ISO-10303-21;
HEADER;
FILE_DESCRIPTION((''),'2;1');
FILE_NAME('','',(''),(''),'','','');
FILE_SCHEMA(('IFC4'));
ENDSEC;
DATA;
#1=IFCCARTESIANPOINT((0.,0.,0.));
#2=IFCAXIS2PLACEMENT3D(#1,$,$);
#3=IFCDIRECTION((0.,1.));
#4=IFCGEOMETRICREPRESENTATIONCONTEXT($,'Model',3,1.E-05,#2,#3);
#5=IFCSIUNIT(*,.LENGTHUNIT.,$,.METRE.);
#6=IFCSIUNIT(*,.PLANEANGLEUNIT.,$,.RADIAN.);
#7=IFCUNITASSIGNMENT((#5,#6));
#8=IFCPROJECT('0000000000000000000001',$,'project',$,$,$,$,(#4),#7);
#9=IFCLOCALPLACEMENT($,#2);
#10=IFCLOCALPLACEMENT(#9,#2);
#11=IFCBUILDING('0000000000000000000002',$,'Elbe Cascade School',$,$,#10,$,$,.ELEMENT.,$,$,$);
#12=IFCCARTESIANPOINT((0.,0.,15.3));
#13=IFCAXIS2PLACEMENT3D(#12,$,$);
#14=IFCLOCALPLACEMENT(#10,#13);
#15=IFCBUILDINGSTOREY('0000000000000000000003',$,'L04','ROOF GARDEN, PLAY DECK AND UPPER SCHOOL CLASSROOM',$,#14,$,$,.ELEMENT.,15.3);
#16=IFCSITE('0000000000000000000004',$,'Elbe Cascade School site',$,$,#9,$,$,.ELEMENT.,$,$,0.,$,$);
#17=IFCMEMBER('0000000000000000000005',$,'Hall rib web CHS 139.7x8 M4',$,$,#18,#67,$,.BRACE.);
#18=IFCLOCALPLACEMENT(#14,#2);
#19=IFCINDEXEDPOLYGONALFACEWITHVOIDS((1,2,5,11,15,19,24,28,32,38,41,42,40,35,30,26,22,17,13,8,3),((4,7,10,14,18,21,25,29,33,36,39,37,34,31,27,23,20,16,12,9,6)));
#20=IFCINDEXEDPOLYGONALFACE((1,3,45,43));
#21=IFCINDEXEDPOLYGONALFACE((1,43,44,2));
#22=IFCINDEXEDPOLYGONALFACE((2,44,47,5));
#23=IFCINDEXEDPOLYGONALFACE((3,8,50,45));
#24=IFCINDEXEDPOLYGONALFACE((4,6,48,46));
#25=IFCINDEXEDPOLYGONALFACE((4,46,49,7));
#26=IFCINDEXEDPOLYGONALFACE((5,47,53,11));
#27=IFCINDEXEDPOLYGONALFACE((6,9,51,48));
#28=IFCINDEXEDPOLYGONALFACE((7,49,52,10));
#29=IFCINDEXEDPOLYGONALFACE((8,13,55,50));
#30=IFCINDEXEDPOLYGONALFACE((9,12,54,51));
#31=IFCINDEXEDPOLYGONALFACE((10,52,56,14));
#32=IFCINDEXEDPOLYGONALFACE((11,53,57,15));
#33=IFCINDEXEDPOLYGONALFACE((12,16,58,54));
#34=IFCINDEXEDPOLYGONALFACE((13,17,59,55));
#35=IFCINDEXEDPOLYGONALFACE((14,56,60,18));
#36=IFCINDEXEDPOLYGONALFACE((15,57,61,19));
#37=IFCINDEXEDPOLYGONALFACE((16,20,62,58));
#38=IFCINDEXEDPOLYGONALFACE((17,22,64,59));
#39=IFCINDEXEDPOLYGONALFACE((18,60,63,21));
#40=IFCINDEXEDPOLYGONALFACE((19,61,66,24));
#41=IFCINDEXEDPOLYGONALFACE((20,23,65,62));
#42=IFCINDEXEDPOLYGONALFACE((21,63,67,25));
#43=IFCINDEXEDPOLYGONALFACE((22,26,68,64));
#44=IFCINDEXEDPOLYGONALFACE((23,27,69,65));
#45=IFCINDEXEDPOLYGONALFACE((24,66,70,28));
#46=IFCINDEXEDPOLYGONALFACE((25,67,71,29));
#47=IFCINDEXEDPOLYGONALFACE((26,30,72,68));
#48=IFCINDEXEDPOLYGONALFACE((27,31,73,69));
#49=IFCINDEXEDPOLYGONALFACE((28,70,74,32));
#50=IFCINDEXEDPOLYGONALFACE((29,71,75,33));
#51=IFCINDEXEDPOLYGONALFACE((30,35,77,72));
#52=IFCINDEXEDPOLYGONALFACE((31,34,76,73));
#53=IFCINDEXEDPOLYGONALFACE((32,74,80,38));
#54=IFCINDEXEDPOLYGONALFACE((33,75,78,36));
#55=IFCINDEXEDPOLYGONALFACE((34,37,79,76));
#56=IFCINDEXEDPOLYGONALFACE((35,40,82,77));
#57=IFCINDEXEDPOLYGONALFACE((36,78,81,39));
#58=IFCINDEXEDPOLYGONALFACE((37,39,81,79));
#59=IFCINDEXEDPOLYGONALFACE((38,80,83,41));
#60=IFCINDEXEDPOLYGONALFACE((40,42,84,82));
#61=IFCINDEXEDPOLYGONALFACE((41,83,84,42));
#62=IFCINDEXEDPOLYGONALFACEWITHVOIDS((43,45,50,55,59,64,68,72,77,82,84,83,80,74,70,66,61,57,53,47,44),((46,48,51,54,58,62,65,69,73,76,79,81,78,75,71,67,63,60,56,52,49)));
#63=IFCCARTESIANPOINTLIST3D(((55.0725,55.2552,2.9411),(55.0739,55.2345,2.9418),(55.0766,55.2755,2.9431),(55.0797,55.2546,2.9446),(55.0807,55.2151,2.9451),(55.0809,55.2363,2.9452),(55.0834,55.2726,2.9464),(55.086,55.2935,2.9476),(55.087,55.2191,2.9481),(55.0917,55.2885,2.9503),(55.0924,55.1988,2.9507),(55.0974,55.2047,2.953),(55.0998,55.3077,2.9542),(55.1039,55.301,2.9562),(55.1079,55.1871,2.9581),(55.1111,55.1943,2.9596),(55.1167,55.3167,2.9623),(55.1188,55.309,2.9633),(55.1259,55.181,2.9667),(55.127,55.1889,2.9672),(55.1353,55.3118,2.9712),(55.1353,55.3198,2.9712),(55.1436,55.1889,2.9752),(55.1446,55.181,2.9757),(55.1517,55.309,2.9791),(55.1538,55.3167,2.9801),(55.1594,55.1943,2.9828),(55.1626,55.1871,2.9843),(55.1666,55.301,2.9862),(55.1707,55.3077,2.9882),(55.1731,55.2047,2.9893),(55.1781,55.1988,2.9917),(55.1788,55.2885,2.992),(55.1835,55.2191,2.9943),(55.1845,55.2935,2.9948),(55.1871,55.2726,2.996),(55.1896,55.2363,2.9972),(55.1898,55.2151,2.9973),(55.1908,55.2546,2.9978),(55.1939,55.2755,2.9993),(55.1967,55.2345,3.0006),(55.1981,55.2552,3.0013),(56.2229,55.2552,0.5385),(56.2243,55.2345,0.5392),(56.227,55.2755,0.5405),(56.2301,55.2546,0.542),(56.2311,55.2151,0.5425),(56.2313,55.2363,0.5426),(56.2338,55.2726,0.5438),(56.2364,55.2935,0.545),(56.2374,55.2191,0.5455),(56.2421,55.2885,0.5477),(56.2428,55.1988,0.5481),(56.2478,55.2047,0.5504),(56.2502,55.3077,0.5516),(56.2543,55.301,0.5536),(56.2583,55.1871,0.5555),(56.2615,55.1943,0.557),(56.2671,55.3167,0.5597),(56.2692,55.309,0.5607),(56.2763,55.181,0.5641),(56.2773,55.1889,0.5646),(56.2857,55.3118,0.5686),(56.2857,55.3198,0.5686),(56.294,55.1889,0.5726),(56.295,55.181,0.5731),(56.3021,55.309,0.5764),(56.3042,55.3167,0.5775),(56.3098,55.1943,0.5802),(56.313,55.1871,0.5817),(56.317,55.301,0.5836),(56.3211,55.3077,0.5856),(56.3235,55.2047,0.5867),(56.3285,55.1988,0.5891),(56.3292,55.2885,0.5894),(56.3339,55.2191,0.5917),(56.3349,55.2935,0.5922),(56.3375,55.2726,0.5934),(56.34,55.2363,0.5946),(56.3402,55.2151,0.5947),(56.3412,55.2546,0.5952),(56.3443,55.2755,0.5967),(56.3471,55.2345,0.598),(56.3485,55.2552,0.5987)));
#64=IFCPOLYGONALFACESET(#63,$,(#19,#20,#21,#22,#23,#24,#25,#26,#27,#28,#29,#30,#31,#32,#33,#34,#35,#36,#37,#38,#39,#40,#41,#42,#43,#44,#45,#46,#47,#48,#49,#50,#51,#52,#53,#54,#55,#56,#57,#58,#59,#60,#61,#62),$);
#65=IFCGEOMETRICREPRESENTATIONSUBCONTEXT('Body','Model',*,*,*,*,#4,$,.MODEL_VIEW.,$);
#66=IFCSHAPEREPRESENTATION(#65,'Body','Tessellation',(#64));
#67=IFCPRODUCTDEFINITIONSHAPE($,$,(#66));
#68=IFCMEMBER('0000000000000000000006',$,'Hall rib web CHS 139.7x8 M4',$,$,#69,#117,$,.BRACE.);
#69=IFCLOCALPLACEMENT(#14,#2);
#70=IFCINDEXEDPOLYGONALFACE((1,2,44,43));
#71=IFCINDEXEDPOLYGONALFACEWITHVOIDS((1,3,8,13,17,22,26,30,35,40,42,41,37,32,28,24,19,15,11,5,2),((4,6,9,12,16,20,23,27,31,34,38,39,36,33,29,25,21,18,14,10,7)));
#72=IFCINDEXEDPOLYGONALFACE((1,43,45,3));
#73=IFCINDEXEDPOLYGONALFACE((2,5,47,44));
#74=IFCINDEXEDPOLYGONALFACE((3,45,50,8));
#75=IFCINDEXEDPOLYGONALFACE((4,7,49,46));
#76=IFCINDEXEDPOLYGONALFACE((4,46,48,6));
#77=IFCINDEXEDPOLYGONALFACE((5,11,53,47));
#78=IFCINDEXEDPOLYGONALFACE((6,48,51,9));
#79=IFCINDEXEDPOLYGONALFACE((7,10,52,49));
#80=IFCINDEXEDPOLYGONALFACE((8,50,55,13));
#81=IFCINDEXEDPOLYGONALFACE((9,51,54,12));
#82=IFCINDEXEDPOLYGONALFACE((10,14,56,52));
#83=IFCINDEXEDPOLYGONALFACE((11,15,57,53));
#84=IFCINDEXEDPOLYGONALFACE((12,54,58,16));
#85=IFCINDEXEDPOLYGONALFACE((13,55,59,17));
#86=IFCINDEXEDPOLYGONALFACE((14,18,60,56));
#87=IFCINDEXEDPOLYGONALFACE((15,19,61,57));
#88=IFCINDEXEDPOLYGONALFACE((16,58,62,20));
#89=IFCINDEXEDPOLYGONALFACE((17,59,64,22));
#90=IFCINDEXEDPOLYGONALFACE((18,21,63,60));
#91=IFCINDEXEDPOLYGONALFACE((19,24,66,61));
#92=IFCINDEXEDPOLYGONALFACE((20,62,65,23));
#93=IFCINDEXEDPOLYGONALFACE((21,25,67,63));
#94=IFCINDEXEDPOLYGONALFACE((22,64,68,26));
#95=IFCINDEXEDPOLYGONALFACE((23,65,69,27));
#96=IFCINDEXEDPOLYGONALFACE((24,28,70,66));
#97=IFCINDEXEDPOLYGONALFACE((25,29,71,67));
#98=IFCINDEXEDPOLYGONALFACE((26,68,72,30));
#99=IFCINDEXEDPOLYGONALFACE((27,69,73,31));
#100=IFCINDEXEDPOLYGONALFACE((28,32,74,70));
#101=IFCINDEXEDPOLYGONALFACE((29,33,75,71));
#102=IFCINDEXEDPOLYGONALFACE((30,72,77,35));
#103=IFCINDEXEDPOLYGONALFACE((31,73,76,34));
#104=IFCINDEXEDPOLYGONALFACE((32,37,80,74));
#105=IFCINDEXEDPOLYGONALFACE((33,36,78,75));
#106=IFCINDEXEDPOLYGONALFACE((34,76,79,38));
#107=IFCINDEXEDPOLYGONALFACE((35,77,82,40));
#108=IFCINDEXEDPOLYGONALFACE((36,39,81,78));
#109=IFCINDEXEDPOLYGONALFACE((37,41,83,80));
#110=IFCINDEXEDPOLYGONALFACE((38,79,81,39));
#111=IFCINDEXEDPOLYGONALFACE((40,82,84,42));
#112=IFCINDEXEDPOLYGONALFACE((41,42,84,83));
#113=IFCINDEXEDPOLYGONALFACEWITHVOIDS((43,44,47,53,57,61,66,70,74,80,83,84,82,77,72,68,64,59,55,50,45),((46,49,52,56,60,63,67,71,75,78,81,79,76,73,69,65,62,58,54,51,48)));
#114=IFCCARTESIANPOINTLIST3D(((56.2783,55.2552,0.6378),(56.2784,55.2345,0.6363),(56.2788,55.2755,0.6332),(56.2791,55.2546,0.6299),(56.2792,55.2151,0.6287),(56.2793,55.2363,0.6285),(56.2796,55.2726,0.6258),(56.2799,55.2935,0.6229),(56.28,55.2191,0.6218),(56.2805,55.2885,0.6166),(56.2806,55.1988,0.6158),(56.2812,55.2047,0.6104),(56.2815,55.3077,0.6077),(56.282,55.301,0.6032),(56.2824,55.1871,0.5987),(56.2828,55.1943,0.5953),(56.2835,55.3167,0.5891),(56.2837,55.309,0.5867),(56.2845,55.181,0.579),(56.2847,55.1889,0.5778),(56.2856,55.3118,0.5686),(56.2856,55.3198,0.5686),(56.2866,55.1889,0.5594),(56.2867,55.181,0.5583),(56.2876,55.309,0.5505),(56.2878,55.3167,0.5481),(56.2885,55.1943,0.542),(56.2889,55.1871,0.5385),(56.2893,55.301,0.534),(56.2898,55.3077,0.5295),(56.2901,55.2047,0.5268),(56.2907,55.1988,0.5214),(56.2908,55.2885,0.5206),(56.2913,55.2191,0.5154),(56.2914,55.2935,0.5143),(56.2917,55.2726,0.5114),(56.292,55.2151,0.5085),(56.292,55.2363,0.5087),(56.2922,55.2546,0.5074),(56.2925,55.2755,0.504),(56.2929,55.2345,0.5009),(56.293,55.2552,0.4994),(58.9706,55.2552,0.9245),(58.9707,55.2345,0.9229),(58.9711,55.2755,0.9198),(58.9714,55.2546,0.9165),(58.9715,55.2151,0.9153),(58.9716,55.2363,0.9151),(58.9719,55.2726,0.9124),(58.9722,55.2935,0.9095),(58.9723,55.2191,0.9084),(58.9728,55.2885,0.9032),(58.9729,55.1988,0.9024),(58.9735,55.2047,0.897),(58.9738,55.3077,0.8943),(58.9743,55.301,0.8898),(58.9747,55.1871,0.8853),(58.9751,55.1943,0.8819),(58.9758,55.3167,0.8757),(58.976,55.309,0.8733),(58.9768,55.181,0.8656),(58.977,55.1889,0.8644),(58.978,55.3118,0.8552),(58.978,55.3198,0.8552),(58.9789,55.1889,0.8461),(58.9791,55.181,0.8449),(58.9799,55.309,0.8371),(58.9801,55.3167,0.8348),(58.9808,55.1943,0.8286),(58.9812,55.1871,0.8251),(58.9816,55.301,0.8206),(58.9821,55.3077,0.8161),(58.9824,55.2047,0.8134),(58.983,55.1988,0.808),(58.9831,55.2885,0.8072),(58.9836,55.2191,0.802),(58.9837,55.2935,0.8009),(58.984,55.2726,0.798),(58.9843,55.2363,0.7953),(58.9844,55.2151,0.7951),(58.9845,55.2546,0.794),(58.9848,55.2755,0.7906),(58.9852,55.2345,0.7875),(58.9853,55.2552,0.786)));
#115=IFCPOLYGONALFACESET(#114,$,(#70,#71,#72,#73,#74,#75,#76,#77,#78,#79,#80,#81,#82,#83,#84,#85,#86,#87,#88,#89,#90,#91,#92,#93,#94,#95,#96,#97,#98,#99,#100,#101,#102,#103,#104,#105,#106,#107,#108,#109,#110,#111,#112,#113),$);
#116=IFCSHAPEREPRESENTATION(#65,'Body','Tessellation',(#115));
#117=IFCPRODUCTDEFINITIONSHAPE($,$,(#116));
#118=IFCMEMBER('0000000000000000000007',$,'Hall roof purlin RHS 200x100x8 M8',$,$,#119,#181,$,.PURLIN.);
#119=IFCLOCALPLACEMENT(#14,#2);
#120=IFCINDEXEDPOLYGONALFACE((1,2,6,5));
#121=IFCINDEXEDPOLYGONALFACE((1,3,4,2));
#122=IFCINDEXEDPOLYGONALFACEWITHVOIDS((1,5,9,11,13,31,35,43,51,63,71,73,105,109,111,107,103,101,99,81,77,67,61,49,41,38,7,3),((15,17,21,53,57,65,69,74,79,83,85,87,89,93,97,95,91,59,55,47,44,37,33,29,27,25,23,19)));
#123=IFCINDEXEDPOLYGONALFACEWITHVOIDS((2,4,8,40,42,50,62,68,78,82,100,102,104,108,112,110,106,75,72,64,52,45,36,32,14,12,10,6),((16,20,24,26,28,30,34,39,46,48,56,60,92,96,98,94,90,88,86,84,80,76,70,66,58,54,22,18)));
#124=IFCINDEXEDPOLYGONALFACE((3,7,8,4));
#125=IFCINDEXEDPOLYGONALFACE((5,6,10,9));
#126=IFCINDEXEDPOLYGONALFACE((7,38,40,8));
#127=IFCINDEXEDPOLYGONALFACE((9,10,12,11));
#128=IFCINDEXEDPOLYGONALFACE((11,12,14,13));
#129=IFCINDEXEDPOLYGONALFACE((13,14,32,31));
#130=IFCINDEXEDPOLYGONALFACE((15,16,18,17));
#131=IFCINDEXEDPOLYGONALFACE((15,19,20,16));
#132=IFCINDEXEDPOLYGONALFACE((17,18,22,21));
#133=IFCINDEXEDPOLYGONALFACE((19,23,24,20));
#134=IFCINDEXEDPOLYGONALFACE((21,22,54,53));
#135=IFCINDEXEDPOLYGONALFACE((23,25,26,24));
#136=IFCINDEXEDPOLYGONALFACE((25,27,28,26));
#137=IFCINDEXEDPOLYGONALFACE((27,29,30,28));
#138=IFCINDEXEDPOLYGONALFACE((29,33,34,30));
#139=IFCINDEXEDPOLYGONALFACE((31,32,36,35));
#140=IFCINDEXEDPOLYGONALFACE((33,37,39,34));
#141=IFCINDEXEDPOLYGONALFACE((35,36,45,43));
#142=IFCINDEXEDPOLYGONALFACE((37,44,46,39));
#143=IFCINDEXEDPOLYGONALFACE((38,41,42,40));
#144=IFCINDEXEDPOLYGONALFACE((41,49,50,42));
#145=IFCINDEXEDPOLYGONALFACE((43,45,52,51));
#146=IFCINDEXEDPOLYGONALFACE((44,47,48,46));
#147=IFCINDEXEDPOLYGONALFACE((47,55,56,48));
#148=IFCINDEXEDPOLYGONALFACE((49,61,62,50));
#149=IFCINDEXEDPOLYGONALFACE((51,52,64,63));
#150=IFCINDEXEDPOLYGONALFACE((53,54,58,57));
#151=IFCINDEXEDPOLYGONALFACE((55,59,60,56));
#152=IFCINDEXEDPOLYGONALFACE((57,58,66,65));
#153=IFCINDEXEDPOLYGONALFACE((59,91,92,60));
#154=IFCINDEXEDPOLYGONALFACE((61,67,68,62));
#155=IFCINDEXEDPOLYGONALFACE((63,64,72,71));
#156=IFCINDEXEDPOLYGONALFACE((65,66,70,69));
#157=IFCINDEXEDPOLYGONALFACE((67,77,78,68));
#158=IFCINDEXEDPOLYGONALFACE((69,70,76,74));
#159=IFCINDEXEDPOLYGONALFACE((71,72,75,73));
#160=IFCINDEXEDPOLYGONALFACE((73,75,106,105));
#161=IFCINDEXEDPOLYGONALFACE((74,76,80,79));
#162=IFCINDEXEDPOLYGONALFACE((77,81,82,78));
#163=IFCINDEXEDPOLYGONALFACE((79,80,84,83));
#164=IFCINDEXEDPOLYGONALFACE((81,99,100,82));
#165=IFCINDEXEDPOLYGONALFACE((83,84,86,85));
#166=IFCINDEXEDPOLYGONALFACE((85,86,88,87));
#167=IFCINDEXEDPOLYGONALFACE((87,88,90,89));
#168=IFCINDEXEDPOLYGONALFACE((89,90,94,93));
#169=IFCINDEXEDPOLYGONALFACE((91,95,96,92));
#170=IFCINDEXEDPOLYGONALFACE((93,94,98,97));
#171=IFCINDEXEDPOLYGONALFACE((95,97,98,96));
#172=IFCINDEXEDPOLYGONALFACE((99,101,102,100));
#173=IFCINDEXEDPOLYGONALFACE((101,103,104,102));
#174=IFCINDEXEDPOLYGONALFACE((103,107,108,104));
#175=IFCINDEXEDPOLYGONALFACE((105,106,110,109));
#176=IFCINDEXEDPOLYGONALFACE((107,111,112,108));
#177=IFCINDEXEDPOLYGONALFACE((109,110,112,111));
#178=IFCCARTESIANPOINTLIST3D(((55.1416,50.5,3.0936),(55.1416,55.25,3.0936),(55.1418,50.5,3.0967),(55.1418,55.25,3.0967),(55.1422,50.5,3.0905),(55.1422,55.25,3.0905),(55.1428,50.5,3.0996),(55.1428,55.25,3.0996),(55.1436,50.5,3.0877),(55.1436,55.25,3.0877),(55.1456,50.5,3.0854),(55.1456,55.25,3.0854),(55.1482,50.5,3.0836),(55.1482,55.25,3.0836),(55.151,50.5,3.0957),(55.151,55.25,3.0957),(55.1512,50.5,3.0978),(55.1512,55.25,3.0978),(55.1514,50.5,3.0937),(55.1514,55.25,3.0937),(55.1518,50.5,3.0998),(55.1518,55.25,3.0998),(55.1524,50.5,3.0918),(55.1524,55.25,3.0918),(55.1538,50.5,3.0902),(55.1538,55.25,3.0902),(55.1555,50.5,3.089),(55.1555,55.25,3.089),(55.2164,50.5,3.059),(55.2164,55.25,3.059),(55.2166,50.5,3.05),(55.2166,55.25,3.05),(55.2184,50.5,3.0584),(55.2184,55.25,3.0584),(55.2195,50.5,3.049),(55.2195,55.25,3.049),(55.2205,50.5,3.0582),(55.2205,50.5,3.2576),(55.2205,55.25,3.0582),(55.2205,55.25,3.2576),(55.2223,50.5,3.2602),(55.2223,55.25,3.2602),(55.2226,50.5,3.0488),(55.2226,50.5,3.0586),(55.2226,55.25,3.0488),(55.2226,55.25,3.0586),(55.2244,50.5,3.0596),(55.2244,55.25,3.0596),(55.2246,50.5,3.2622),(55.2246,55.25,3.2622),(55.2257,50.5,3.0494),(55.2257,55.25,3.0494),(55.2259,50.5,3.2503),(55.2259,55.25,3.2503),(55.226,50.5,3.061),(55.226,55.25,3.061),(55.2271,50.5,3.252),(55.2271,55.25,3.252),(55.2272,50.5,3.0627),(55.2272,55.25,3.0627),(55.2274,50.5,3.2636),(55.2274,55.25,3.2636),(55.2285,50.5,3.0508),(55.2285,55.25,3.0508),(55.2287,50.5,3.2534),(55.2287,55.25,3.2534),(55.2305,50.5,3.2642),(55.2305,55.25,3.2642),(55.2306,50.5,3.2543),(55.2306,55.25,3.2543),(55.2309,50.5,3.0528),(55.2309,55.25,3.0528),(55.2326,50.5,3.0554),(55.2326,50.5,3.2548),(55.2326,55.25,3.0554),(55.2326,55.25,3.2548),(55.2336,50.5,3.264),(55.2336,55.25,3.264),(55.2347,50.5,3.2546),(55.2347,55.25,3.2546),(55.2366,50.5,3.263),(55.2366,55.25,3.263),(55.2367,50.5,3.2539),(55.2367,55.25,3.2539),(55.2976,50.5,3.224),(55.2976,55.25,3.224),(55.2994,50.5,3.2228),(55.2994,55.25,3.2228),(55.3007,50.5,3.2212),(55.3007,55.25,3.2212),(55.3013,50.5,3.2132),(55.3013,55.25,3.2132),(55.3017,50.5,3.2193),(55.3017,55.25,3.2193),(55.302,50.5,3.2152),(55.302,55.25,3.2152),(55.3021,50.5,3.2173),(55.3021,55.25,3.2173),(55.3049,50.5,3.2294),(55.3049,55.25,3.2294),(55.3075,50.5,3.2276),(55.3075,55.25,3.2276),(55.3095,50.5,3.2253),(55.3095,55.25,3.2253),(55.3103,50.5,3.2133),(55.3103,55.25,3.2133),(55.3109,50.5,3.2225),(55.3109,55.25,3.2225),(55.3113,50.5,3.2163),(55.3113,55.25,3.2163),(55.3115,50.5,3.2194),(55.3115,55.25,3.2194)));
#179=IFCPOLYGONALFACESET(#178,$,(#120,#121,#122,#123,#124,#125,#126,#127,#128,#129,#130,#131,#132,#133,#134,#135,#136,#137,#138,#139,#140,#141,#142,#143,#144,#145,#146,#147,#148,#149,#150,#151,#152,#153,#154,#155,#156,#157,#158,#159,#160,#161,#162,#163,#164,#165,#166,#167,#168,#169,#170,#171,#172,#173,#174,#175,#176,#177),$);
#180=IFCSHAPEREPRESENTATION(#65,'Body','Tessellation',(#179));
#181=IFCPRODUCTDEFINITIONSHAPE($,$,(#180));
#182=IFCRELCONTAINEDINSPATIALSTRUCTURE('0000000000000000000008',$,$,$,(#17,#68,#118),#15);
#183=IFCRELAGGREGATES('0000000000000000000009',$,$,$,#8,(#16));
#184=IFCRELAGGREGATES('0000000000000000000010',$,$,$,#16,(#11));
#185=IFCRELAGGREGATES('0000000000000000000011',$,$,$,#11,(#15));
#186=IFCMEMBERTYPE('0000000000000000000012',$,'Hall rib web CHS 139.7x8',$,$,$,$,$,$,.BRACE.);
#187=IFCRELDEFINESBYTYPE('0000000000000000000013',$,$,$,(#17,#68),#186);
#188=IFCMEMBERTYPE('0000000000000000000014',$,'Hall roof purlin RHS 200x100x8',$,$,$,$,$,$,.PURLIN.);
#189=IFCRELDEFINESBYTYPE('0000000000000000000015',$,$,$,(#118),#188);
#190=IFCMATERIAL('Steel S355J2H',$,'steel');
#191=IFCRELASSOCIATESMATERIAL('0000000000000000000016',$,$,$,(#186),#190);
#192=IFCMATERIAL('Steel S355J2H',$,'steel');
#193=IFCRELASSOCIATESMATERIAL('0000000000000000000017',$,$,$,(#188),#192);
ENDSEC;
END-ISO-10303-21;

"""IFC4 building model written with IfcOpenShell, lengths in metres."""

from ifc_helpers import new_model, si_unit, direction, frame, origin, origin_2d, place, context, subcontext, project, spatial, hollow_rectangle, hollow_circle, extrude, material, material_profile, profile_set, type_object, element, save


model = new_model("IFC4")

# Units and contexts
model_context = context("Model", 3, precision=1e-05, world=origin(), true_north=direction((0.0, 1.0)))
body_context = subcontext(model_context, "Body", "Model", "MODEL_VIEW")
ifc_project = project(units=[si_unit("LENGTHUNIT", "METRE"), si_unit("PLANEANGLEUNIT", "RADIAN")], contexts=[model_context])

# Site, building, storey
site_placement = place(None, origin())
site = spatial("IfcSite", under=ifc_project, at=site_placement, Name="Elbe Cascade School site", CompositionType="ELEMENT", RefElevation=0.0)
building_placement = place(site_placement, origin())
building = spatial("IfcBuilding", under=site, at=building_placement, Name="Elbe Cascade School", CompositionType="ELEMENT")
storey_placement = place(building_placement, frame((0.0, 0.0, 15.3)))
storey = spatial("IfcBuildingStorey", under=building, at=storey_placement, Name="L04", Description="ROOF GARDEN, PLAY DECK AND UPPER SCHOOL CLASSROOM", CompositionType="ELEMENT", Elevation=15.3)

# Members
ifc_material_1 = material(Name="Steel S355J2H", Category="steel")
ifc_material_profile_1 = material_profile(ifc_material_1, hollow_circle(Radius=0.0698, WallThickness=0.0081, at=origin_2d()), Name="CHS 139.7x8")
ifc_profile_set_1 = profile_set([ifc_material_profile_1], Name="Steel S355J2H")
member_type_1 = type_object("IfcMemberType", Name="Hall rib web CHS 139.7x8", PredefinedType="BRACE", material=ifc_profile_set_1)
member_1_placement = place(storey_placement, frame((55.1353, 55.25, 2.9712), z_axis=(0.431861, 0.0, -0.90194), x_axis=(0.0, 1.0, 0.0)))
element("IfcMember", 1, at=member_1_placement, inside=storey, type_object=member_type_1, Name="Hall rib web CHS 139.7x8 M4", PredefinedType="BRACE", context=body_context, shape_type="SweptSolid", body=[
    extrude(hollow_circle(Radius=0.0698, WallThickness=0.0081, at=origin_2d()), origin(), (0.0, 0.0, 1.0), 2.6638),
])
member_2_placement = place(storey_placement, frame((56.2856, 55.25, 0.5686), z_axis=(0.994381, 0.0, 0.105858), x_axis=(0.0, 1.0, 0.0)))
element("IfcMember", 2, at=member_2_placement, inside=storey, type_object=member_type_1, Name="Hall rib web CHS 139.7x8 M4", PredefinedType="BRACE", context=body_context, shape_type="SweptSolid", body=[
    extrude(hollow_circle(Radius=0.0698, WallThickness=0.0081, at=origin_2d()), origin(), (0.0, 0.0, 1.0), 2.7075),
])
ifc_material_2 = material(Name="Steel S355J2H", Category="steel")
ifc_material_profile_2 = material_profile(ifc_material_2, hollow_rectangle(XDim=0.1001, YDim=0.2, WallThickness=0.0081, InnerFilletRadius=0.0081, OuterFilletRadius=0.012, at=origin_2d()), Name="RHS 200x100x8")
ifc_profile_set_2 = profile_set([ifc_material_profile_2], Name="Steel S355J2H")
member_type_2 = type_object("IfcMemberType", Name="Hall roof purlin RHS 200x100x8", PredefinedType="PURLIN", material=ifc_profile_set_2)
for number, where, z_axis, x_axis, name in (
    (3, (55.2266, 50.5, 3.1565), (0.0, 1.0, 0.0), (-0.897163, 0.0, 0.441699), "Hall roof purlin RHS 200x100x8 M8"),
):
    element("IfcMember", number, at=place(storey_placement, frame(where, z_axis=z_axis, x_axis=x_axis)), inside=storey, type_object=member_type_2, Name=name, PredefinedType="PURLIN", context=body_context, shape_type="SweptSolid", body=[
        extrude(hollow_rectangle(XDim=0.1001, YDim=0.2, WallThickness=0.0081, InnerFilletRadius=0.0081, OuterFilletRadius=0.012, at=origin_2d()), origin(), (0.0, 0.0, 1.0), 4.75),
    ])

save(model, "model.ifc")
